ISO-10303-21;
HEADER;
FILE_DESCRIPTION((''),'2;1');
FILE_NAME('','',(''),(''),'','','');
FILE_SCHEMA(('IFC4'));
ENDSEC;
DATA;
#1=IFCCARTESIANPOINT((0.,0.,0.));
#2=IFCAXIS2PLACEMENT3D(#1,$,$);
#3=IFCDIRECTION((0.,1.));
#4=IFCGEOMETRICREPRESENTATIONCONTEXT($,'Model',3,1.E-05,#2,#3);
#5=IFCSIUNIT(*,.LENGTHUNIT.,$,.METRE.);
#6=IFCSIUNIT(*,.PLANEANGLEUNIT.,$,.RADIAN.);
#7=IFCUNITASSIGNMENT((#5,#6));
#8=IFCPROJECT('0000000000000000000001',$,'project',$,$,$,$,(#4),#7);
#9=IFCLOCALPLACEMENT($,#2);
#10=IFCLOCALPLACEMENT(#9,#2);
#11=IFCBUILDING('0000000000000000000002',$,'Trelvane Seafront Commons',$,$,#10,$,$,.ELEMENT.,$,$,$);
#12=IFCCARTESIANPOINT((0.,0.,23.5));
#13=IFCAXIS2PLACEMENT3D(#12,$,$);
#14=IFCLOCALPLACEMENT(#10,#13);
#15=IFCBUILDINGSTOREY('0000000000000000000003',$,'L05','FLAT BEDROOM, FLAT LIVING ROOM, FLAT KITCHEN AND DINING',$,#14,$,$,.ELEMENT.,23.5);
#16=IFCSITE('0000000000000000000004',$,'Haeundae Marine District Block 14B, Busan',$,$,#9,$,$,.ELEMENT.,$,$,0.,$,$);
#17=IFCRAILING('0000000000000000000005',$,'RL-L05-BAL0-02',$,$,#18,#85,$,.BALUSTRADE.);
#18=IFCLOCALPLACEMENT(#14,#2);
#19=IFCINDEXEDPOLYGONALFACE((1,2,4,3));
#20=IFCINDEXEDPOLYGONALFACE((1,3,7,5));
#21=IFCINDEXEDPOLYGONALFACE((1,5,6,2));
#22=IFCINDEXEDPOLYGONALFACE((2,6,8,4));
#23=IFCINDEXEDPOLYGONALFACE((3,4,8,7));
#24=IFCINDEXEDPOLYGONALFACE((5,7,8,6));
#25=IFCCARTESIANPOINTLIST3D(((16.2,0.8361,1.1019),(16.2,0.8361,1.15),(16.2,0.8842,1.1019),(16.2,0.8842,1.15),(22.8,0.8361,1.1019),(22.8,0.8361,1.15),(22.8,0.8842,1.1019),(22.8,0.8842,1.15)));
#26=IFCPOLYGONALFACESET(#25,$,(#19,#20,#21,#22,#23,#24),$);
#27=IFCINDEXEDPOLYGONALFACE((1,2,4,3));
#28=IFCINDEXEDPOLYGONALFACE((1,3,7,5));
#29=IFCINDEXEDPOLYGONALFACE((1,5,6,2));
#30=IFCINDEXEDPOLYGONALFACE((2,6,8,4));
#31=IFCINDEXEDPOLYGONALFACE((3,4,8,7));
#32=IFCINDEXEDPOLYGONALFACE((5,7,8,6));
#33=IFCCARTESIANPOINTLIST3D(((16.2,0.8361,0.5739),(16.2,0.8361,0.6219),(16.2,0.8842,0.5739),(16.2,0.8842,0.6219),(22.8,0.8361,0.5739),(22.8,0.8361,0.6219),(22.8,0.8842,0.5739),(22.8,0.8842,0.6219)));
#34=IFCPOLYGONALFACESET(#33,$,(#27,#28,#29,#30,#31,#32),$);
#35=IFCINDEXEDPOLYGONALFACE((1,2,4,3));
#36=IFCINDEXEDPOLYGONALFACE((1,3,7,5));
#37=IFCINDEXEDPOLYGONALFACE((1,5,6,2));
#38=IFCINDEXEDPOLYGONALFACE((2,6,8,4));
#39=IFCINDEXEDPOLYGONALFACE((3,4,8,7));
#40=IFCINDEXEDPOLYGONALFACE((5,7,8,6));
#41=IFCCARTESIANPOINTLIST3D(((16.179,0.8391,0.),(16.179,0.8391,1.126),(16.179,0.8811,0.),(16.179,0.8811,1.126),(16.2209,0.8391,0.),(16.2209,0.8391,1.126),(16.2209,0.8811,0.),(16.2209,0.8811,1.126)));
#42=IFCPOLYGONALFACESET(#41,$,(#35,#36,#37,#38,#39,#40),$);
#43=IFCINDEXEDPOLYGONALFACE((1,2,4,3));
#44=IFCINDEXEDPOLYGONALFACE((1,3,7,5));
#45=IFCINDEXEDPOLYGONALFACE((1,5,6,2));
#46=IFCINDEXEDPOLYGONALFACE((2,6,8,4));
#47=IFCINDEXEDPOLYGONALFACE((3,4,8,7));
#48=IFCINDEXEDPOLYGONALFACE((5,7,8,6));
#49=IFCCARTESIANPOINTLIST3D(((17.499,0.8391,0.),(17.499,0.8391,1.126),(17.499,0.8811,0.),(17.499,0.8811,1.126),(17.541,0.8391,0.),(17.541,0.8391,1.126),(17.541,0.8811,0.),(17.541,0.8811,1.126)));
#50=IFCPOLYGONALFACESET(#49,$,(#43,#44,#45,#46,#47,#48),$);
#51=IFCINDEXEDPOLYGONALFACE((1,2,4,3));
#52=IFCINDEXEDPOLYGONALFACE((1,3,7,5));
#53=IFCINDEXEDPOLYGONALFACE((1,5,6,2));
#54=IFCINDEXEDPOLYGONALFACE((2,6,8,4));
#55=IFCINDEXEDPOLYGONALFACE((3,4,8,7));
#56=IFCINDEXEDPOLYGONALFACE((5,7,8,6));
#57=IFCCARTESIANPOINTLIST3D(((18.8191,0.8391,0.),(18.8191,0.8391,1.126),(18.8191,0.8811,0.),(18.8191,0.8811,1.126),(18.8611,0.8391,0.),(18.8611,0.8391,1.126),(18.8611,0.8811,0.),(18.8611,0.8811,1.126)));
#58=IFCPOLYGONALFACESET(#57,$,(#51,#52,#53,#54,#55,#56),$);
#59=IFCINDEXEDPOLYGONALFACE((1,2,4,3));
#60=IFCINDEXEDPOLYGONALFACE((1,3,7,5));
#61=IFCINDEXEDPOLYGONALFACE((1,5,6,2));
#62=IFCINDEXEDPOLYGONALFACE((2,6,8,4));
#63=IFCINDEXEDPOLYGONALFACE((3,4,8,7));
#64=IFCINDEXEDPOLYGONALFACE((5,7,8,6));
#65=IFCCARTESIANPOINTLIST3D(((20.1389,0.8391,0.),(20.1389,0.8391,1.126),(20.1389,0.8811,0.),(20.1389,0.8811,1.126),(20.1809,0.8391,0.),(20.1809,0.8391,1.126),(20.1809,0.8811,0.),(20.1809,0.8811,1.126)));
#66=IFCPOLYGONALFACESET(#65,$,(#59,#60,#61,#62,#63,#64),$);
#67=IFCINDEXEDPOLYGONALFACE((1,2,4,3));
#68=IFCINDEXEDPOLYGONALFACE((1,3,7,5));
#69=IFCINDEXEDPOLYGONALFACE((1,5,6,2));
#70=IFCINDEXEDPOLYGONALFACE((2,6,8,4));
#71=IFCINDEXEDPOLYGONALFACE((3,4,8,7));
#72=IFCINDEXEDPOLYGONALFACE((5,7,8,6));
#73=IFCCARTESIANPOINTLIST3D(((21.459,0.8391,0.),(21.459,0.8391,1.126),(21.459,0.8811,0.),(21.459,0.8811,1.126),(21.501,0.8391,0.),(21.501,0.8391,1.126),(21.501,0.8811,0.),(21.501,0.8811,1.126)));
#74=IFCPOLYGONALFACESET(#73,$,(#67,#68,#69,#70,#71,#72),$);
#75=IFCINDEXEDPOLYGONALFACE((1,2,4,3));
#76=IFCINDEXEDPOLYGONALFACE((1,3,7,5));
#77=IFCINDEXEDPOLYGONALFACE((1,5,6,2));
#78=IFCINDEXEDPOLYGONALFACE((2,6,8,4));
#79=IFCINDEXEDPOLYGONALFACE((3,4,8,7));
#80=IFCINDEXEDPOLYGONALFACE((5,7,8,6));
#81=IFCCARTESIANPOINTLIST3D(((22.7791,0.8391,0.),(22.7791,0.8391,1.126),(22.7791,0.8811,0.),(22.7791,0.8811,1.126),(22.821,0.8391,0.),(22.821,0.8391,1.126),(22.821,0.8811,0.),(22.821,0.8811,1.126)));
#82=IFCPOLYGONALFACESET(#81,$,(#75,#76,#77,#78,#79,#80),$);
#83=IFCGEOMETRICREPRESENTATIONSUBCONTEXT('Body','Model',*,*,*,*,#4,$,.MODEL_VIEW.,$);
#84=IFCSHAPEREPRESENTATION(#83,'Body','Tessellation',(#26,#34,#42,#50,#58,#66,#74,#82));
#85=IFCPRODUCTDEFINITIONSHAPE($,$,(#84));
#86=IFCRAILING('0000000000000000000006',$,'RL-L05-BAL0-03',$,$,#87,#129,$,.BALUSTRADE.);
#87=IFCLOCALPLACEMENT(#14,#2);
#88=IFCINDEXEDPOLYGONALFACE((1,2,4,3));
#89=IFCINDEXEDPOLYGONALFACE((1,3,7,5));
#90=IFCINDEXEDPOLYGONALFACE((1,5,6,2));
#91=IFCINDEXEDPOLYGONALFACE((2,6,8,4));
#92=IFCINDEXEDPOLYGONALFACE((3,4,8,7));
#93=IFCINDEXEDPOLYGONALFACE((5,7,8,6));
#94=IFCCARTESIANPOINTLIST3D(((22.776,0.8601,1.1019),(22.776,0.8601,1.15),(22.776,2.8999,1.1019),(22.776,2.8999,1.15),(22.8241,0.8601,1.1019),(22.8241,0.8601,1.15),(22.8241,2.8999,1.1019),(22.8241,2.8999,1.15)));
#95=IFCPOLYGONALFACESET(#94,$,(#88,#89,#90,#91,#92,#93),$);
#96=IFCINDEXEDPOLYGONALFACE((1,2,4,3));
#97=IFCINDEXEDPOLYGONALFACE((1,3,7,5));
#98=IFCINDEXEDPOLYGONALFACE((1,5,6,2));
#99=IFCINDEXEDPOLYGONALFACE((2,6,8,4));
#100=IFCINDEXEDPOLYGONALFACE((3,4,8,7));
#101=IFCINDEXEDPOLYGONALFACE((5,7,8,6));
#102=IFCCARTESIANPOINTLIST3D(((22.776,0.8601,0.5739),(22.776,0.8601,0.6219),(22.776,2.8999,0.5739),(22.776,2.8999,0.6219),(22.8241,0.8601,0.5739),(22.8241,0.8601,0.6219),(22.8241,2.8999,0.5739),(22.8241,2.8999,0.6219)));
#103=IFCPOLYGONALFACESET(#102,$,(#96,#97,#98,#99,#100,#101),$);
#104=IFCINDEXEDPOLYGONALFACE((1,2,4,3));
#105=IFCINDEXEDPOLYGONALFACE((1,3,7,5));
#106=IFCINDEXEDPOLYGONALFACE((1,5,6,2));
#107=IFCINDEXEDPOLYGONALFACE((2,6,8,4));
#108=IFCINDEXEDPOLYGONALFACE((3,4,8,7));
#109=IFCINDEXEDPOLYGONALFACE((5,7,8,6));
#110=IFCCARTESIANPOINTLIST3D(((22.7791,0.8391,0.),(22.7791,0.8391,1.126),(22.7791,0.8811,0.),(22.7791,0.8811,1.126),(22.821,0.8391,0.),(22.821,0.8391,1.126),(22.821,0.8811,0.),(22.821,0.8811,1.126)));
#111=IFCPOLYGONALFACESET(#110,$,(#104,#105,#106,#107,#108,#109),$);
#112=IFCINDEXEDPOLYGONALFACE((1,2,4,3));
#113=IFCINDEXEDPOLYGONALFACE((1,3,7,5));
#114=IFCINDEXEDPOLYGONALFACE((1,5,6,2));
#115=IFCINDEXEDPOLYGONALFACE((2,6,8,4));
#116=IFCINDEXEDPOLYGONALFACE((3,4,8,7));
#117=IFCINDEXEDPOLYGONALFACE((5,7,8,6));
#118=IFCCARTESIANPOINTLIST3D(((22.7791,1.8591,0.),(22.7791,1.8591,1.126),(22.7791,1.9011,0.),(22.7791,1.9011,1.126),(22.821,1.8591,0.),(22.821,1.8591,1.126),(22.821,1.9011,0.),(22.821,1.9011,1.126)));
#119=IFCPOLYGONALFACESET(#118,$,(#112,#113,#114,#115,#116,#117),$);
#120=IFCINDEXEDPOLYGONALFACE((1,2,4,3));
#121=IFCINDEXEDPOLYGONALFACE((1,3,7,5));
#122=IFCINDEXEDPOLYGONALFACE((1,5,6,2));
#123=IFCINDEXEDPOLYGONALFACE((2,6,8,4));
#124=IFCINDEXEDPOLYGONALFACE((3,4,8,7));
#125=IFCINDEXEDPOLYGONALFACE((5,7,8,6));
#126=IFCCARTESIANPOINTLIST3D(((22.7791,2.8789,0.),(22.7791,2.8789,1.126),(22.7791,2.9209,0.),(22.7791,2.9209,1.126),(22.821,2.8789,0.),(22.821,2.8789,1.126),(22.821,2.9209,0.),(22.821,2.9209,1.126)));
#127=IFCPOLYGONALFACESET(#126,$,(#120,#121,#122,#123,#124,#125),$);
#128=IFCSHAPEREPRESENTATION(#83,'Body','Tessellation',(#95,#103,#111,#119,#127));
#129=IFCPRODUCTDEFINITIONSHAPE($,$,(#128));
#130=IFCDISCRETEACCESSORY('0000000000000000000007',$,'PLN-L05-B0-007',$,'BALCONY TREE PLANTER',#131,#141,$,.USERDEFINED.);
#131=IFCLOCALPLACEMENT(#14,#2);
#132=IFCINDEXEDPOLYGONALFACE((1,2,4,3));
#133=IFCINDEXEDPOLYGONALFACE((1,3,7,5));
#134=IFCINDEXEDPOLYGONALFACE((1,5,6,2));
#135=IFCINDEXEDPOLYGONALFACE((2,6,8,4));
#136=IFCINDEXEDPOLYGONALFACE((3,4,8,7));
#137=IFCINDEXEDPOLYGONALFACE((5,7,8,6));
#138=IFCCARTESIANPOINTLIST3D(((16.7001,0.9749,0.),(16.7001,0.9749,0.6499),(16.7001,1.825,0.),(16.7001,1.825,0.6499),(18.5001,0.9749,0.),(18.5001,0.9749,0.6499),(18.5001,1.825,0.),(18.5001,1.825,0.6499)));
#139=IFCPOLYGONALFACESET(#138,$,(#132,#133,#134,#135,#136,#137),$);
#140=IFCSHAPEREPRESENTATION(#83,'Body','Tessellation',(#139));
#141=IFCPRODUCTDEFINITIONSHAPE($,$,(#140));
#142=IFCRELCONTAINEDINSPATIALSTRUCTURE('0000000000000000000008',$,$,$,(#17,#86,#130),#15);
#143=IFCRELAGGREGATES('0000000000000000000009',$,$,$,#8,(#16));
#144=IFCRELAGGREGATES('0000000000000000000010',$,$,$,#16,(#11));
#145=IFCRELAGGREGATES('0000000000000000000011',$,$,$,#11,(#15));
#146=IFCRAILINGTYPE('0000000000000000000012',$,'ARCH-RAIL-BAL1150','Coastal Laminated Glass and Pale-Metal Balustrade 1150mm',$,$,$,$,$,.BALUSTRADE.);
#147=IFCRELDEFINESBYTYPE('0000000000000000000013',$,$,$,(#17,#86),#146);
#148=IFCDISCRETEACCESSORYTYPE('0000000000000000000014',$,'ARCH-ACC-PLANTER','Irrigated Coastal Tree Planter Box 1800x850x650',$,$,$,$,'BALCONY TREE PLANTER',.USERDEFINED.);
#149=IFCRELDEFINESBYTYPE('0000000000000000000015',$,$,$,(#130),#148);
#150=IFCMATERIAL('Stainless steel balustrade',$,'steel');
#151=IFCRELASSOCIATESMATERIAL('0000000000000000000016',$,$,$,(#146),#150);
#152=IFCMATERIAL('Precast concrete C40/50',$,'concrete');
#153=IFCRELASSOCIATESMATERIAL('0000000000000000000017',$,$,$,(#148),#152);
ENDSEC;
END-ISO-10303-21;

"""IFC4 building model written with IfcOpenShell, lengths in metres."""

from ifc_helpers import new_model, si_unit, direction, frame, origin, origin_2d, place, context, subcontext, project, spatial, rectangle, extrude, source, transform, mapped, material, type_object, element, save


model = new_model("IFC4")

# Units and contexts
model_context = context("Model", 3, precision=1e-05, world=origin(), true_north=direction((0.0, 1.0)))
body_context = subcontext(model_context, "Body", "Model", "MODEL_VIEW")
ifc_project = project(units=[si_unit("LENGTHUNIT", "METRE"), si_unit("PLANEANGLEUNIT", "RADIAN")], contexts=[model_context])

# Site, building, storey
site_placement = place(None, origin())
site = spatial("IfcSite", under=ifc_project, at=site_placement, Name="Haeundae Marine District Block 14B, Busan", CompositionType="ELEMENT", RefElevation=0.0)
building_placement = place(site_placement, origin())
building = spatial("IfcBuilding", under=site, at=building_placement, Name="Trelvane Seafront Commons", CompositionType="ELEMENT")
storey_placement = place(building_placement, frame((0.0, 0.0, 23.5)))
storey = spatial("IfcBuildingStorey", under=building, at=storey_placement, Name="L05", Description="FLAT BEDROOM, FLAT LIVING ROOM, FLAT KITCHEN AND DINING", CompositionType="ELEMENT", Elevation=23.5)

# Railings
ifc_material_1 = material(Name="Stainless steel balustrade", Category="steel")
railing_type = type_object("IfcRailingType", Name="ARCH-RAIL-BAL1150", Description="Coastal Laminated Glass and Pale-Metal Balustrade 1150mm", PredefinedType="BALUSTRADE", material=ifc_material_1)
railing_1_placement = place(storey_placement, frame((16.2, 0.8601, 0.0)))
element("IfcRailing", 1, at=railing_1_placement, inside=storey, type_object=railing_type, Name="RL-L05-BAL0-02", PredefinedType="BALUSTRADE", context=body_context, shape_type="SweptSolid", body=[
    extrude(rectangle(XDim=0.0481, YDim=0.0481, at=origin_2d()), frame((0.0, 0.0, 1.126), z_axis=(1.0, 0.0, 0.0), x_axis=(0.0, 1.0, 0.0)), (0.0, 0.0, 1.0), 6.6001),
    extrude(rectangle(XDim=0.0481, YDim=0.0481, at=origin_2d()), frame((0.0, 0.0, 0.5979), z_axis=(1.0, 0.0, 0.0), x_axis=(0.0, 1.0, 0.0)), (0.0, 0.0, 1.0), 6.6001),
    extrude(rectangle(XDim=0.042, YDim=0.042, at=origin_2d()), origin(), (0.0, 0.0, 1.0), 1.126),
    extrude(rectangle(XDim=0.042, YDim=0.042, at=origin_2d()), frame((1.3201, 0.0, 0.0)), (0.0, 0.0, 1.0), 1.126),
    extrude(rectangle(XDim=0.042, YDim=0.042, at=origin_2d()), frame((2.6401, 0.0, 0.0)), (0.0, 0.0, 1.0), 1.126),
    extrude(rectangle(XDim=0.042, YDim=0.042, at=origin_2d()), frame((3.96, 0.0, 0.0)), (0.0, 0.0, 1.0), 1.126),
    extrude(rectangle(XDim=0.042, YDim=0.042, at=origin_2d()), frame((5.28, 0.0, 0.0)), (0.0, 0.0, 1.0), 1.126),
    extrude(rectangle(XDim=0.042, YDim=0.042, at=origin_2d()), frame((6.6001, 0.0, 0.0)), (0.0, 0.0, 1.0), 1.126),
])
railing_2_placement = place(storey_placement, frame((22.8, 0.8601, 0.0)))
element("IfcRailing", 2, at=railing_2_placement, inside=storey, type_object=railing_type, Name="RL-L05-BAL0-03", PredefinedType="BALUSTRADE", context=body_context, shape_type="SweptSolid", body=[
    extrude(rectangle(XDim=0.0481, YDim=0.0481, at=origin_2d()), frame((0.0, 0.0, 1.126), z_axis=(0.0, 1.0, 0.0), x_axis=(-1.0, 0.0, 0.0)), (0.0, 0.0, 1.0), 2.0398),
    extrude(rectangle(XDim=0.0481, YDim=0.0481, at=origin_2d()), frame((0.0, 0.0, 0.5979), z_axis=(0.0, 1.0, 0.0), x_axis=(-1.0, 0.0, 0.0)), (0.0, 0.0, 1.0), 2.0398),
    extrude(rectangle(XDim=0.042, YDim=0.042, at=origin_2d()), origin(), (0.0, 0.0, 1.0), 1.126),
    extrude(rectangle(XDim=0.042, YDim=0.042, at=origin_2d()), frame((0.0, 1.02, 0.0)), (0.0, 0.0, 1.0), 1.126),
    extrude(rectangle(XDim=0.042, YDim=0.042, at=origin_2d()), frame((0.0, 2.0398, 0.0)), (0.0, 0.0, 1.0), 1.126),
])

# Discrete accessory
ifc_material_2 = material(Name="Precast concrete C40/50", Category="concrete")
discrete_accessory_type = type_object("IfcDiscreteAccessoryType", Name="ARCH-ACC-PLANTER", Description="Irrigated Coastal Tree Planter Box 1800x850x650", ElementType="BALCONY TREE PLANTER", PredefinedType="USERDEFINED", material=ifc_material_2)
shared_shape_1 = source(origin(), body_context, "Body", "SweptSolid", [
    extrude(rectangle(XDim=1.8, YDim=0.8501, at=origin_2d()), origin(), (0.0, 0.0, 1.0), 0.6499),
])
discrete_accessory_placement = place(storey_placement, frame((17.6001, 1.3999, 0.0), z_axis=(0.0, 0.0, 1.0), x_axis=(1.0, 0.0, 0.0)))
element("IfcDiscreteAccessory", 3, at=discrete_accessory_placement, inside=storey, type_object=discrete_accessory_type, Name="PLN-L05-B0-007", ObjectType="BALCONY TREE PLANTER", PredefinedType="USERDEFINED", context=body_context, shape_type="MappedRepresentation", body=[
    mapped(shared_shape_1, transform((0.0, 0.0, 0.0), x_axis=(1.0, 0.0, 0.0), y_axis=(0.0, 1.0, 0.0), z_axis=(0.0, 0.0, 1.0), scale=1.0)),
])

save(model, "model.ifc")
